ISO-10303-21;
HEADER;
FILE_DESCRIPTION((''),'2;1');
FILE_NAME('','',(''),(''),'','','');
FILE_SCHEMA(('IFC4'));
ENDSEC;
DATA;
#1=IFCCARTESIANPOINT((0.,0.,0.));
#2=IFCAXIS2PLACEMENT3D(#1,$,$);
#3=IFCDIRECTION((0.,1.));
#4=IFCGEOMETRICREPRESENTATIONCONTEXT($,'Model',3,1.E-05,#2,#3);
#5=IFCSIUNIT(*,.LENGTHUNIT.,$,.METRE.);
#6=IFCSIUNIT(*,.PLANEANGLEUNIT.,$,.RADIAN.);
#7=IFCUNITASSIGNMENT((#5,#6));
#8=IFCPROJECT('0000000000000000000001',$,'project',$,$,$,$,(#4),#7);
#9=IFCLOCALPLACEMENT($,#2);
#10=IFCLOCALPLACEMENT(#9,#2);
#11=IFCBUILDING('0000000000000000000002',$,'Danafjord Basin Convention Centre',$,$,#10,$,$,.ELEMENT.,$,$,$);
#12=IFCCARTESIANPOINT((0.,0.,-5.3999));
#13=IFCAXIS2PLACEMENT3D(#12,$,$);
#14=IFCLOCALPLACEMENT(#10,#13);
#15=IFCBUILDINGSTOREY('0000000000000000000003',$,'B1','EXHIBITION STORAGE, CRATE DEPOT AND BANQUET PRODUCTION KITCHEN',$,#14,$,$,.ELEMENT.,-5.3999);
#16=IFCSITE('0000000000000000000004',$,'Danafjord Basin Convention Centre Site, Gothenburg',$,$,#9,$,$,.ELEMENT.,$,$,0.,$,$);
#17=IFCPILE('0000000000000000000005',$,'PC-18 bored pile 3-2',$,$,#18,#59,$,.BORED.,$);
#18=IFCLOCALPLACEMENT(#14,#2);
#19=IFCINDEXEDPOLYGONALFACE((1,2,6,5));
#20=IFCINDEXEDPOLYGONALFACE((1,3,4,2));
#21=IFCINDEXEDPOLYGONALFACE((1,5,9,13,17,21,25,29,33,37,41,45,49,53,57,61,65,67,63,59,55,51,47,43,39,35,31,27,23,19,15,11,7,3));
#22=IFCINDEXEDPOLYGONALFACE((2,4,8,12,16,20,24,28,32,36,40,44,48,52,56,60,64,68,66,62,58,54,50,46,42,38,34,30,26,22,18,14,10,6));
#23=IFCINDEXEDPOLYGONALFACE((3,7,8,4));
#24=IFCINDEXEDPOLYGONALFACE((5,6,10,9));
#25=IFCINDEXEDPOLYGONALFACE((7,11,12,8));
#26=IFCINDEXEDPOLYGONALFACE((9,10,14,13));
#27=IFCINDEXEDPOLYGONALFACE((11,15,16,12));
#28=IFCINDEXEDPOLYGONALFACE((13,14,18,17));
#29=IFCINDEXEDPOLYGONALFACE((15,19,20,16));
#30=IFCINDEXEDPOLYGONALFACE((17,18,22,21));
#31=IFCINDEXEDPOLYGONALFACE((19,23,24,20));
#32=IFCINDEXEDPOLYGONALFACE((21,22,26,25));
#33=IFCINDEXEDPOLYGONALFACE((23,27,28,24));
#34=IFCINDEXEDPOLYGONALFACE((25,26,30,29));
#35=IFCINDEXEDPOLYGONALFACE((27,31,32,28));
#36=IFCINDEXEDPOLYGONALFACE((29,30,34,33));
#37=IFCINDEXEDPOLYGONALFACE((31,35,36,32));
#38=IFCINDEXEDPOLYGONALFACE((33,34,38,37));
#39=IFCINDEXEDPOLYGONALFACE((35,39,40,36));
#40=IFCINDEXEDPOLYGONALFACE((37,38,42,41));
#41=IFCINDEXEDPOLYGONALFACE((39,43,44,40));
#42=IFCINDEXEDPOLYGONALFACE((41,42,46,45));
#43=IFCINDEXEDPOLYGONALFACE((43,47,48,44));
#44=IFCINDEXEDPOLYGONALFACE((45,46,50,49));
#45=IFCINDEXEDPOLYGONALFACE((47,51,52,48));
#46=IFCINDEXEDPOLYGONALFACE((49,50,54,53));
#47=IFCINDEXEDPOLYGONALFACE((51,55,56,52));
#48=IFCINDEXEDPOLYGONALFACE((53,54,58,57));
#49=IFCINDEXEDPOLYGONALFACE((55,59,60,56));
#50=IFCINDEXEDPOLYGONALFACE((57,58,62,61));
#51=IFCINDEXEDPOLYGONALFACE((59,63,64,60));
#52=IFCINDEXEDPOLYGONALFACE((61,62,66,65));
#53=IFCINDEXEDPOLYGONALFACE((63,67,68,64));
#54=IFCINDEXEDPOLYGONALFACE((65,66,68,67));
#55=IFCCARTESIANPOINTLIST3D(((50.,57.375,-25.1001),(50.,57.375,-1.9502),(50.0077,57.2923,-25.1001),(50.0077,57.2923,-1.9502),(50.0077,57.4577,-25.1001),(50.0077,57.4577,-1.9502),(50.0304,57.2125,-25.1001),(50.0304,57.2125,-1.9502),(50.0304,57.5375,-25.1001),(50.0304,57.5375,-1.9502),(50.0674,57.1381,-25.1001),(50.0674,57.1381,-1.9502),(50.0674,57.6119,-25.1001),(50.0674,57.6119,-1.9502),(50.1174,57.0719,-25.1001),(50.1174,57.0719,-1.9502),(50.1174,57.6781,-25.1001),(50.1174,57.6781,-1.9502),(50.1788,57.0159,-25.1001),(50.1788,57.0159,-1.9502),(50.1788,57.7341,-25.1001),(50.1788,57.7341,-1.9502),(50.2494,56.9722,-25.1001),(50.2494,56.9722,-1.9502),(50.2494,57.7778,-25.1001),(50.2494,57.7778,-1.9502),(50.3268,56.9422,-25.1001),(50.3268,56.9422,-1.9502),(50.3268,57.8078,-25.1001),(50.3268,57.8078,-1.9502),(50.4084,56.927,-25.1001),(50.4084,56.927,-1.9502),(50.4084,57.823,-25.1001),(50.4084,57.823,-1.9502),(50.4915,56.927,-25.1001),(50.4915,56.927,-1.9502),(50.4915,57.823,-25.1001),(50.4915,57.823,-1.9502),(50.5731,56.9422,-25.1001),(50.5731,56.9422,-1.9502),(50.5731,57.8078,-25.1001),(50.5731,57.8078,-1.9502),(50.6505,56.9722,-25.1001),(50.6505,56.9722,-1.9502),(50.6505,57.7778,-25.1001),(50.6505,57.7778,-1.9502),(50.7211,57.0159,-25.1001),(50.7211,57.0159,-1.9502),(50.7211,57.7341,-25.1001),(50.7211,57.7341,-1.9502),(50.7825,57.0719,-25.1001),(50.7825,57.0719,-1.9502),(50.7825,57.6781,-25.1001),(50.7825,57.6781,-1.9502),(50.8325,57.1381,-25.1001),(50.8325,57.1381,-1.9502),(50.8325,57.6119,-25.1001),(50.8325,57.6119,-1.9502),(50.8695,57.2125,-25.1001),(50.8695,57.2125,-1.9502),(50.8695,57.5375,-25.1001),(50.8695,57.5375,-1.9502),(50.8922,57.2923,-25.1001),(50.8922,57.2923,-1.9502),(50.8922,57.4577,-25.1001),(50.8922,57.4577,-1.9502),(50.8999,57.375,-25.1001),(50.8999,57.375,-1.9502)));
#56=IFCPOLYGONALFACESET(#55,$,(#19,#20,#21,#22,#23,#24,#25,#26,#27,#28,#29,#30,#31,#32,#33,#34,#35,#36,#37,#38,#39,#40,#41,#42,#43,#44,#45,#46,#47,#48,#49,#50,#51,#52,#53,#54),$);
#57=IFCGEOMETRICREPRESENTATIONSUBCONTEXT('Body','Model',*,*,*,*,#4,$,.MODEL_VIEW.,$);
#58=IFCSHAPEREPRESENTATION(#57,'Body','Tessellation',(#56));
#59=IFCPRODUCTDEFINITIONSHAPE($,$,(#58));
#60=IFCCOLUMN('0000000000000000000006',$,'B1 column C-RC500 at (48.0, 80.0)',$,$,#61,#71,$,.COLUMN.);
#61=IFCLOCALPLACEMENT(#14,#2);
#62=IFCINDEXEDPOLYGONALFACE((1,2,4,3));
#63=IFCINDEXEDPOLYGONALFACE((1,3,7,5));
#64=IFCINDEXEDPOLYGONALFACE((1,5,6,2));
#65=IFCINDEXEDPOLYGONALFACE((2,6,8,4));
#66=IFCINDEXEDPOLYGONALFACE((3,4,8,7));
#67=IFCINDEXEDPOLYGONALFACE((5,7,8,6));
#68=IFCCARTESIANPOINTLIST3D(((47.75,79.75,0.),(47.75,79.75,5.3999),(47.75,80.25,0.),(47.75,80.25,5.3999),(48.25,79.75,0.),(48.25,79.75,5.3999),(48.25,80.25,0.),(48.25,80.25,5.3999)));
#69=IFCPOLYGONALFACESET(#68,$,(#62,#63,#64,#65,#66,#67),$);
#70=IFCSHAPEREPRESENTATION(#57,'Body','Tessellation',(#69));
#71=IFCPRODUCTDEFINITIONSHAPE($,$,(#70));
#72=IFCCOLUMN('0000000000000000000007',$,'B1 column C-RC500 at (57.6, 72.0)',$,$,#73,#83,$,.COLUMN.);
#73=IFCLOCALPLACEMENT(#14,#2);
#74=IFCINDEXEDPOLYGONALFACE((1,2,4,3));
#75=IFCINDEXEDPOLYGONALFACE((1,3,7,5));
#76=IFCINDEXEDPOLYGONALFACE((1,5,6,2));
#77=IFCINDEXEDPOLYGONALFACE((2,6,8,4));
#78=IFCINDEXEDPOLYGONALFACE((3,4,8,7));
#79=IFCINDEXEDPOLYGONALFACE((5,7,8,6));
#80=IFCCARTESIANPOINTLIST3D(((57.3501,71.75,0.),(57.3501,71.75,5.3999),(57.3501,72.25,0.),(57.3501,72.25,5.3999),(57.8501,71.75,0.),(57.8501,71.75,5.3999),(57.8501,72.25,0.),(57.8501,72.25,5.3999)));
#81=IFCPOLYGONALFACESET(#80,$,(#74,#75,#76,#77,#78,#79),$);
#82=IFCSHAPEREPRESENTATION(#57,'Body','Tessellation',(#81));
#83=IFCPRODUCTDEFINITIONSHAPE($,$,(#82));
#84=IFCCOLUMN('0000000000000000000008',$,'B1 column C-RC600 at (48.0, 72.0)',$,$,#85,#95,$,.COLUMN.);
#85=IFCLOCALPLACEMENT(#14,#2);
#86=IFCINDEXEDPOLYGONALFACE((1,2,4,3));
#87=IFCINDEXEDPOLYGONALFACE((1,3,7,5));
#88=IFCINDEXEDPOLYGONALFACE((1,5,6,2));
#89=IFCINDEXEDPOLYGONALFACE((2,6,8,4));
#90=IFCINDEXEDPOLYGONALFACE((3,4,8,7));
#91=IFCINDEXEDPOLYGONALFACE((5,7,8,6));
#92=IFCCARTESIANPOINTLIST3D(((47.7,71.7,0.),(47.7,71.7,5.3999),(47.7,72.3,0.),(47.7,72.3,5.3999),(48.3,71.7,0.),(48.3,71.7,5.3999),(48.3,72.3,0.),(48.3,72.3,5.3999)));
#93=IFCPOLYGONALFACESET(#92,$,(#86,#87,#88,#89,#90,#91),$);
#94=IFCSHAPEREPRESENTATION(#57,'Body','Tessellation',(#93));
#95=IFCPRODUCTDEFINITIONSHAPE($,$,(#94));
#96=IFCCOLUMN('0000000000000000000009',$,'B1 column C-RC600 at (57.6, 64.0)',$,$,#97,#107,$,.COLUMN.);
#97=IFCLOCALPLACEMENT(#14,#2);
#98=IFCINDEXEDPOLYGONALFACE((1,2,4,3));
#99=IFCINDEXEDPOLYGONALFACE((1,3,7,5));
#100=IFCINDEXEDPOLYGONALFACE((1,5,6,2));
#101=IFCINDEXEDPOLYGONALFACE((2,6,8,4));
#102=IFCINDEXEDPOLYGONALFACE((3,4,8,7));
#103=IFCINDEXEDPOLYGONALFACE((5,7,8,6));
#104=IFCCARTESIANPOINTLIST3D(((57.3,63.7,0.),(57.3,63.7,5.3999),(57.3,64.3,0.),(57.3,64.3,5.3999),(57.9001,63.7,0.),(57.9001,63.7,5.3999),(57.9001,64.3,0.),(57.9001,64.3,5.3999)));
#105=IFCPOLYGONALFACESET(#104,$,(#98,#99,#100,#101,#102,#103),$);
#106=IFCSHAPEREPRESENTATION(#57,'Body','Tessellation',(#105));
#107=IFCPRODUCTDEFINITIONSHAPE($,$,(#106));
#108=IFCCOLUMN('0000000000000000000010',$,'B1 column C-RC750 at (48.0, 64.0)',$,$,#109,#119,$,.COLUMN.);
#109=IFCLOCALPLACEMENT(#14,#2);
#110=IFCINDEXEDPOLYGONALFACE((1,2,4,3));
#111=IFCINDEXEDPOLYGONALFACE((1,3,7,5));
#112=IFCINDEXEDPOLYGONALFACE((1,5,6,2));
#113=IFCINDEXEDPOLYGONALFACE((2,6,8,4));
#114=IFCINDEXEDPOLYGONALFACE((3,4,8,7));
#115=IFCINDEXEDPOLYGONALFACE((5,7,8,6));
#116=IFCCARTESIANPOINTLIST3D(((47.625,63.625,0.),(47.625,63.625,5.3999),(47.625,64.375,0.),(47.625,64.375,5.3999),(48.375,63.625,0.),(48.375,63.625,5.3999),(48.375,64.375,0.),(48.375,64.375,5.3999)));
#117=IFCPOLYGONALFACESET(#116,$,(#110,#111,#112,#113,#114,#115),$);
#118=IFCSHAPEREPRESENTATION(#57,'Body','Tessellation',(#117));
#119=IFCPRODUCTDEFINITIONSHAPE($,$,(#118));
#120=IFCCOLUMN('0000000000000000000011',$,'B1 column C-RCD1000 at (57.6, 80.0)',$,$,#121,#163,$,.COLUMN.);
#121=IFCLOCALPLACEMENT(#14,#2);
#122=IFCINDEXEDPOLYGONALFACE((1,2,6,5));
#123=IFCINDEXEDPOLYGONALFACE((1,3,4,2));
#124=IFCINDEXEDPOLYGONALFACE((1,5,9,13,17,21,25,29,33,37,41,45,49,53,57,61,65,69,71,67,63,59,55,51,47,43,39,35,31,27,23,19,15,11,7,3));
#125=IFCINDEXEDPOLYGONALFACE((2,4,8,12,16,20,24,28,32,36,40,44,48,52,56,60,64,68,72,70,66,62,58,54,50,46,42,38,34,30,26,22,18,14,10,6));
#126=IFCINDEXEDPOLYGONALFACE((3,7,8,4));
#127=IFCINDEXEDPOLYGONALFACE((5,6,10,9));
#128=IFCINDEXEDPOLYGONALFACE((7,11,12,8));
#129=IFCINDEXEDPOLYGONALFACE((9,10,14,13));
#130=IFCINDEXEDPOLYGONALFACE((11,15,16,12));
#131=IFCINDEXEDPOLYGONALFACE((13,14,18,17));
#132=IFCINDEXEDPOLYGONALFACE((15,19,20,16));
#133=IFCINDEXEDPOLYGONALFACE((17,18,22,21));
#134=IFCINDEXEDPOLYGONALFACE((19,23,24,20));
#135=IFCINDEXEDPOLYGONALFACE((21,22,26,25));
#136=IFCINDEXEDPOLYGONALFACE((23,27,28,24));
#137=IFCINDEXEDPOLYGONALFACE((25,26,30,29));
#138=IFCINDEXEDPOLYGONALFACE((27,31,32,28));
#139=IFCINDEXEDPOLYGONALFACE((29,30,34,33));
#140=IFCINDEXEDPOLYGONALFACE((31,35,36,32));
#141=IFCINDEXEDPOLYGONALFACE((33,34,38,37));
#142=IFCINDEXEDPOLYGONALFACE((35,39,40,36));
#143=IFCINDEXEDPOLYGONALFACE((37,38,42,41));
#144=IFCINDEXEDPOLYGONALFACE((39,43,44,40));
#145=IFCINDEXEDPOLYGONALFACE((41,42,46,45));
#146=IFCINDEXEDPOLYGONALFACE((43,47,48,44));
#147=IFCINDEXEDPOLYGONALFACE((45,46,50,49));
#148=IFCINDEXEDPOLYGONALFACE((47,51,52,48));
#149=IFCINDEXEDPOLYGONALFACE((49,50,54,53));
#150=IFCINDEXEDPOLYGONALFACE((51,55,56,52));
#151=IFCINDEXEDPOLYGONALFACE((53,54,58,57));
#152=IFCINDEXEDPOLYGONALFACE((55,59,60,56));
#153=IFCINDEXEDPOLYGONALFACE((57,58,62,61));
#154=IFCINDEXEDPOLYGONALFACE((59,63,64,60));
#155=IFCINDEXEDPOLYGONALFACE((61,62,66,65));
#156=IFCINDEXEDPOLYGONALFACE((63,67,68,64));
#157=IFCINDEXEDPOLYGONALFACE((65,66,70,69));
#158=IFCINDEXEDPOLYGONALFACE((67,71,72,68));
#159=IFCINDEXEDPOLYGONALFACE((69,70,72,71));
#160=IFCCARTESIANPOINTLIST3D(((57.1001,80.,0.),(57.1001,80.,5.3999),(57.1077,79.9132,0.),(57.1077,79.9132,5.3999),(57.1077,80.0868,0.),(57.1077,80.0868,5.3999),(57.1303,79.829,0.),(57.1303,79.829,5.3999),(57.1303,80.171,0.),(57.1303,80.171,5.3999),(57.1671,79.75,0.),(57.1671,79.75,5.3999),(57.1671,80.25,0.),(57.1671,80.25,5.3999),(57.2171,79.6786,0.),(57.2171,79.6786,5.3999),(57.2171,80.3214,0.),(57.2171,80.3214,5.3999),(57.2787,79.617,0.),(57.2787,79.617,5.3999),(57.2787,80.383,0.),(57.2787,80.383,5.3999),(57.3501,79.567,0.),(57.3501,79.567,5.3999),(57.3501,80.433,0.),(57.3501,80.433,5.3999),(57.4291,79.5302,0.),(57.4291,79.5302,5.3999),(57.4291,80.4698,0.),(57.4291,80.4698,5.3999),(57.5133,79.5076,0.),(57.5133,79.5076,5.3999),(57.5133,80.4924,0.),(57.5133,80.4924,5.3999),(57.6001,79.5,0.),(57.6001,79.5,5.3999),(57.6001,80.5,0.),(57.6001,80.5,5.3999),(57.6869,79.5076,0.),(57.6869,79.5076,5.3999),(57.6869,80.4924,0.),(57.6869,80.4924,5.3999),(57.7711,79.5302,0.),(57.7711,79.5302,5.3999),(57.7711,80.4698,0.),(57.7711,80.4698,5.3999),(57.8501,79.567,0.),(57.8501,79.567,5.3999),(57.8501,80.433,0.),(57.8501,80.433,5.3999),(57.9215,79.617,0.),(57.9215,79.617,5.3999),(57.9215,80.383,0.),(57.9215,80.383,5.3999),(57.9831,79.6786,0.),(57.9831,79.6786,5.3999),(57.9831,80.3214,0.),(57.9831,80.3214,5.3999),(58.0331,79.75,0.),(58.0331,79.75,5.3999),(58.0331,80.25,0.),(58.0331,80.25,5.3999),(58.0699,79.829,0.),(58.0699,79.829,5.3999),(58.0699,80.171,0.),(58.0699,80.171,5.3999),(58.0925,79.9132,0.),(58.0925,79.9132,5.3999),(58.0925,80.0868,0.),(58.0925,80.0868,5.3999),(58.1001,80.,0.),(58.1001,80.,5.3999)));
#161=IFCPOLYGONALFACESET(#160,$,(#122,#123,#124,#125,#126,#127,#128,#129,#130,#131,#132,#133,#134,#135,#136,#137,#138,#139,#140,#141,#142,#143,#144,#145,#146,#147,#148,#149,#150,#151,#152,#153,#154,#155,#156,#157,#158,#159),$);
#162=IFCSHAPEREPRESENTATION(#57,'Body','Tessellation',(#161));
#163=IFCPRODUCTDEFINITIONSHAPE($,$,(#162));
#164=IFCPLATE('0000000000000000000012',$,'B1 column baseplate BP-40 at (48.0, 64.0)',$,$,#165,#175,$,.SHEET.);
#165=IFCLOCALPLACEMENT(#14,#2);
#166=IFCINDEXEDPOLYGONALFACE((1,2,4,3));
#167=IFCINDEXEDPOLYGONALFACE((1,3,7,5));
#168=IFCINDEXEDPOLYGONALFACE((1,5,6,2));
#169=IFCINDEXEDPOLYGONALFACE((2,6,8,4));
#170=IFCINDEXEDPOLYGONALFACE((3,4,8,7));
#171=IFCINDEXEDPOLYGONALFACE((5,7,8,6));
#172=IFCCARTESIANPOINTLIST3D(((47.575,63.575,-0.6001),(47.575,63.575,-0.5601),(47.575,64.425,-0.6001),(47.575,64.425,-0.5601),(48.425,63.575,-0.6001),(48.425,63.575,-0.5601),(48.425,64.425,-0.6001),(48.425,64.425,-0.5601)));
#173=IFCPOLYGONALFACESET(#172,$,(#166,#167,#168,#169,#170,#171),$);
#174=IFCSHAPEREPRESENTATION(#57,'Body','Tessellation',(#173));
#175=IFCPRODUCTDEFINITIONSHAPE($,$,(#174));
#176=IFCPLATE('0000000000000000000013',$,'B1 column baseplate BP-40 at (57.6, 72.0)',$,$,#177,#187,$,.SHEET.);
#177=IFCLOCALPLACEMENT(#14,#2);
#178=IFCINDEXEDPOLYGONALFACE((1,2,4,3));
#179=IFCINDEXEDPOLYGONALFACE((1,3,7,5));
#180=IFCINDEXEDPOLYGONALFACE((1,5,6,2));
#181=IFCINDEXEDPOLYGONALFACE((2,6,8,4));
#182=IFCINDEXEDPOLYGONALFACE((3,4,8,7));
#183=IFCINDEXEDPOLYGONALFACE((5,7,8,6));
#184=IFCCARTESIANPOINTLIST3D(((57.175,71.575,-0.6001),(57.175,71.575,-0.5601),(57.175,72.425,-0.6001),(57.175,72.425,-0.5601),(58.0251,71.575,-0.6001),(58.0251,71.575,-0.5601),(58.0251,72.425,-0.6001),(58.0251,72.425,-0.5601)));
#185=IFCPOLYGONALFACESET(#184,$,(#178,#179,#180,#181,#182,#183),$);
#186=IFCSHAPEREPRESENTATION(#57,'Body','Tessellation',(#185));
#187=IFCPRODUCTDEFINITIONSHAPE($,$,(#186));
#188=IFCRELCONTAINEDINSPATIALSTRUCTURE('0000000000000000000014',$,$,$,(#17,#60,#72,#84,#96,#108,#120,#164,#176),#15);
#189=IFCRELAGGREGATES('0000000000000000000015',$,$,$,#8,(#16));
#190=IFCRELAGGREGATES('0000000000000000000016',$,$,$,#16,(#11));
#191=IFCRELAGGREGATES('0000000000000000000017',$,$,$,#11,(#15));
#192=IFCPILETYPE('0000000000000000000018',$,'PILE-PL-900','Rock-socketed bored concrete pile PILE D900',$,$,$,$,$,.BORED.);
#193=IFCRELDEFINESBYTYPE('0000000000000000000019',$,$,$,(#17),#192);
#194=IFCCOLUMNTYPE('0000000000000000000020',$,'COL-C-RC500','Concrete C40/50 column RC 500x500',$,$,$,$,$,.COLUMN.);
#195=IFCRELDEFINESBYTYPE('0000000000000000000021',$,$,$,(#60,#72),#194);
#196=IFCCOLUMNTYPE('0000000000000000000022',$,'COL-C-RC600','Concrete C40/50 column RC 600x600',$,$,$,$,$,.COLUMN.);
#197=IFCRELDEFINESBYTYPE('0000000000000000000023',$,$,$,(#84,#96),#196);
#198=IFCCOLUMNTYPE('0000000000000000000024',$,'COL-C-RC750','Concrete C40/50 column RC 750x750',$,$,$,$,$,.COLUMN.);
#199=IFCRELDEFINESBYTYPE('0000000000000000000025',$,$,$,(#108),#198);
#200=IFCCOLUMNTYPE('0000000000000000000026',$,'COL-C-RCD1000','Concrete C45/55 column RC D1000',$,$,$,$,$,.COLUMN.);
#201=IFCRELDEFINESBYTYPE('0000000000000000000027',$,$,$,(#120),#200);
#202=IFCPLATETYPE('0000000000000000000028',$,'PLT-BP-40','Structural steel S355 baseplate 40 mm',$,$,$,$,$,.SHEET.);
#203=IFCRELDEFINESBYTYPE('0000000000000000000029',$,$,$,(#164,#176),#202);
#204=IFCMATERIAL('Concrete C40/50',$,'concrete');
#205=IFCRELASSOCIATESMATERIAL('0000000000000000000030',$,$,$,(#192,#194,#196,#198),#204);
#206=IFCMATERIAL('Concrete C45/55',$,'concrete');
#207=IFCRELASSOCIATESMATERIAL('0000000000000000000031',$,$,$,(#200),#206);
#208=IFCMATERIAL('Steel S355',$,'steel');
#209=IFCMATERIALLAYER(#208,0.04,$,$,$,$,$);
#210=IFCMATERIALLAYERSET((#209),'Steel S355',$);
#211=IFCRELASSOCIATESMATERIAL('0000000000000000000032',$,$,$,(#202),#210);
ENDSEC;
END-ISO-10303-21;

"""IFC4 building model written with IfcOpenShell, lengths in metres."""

from ifc_helpers import new_model, si_unit, direction, frame, origin, origin_2d, place, context, subcontext, project, spatial, rectangle, circle, extrude, material, layer, layer_set, material_profile, profile_set, type_object, element, save


model = new_model("IFC4")

# Units and contexts
model_context = context("Model", 3, precision=1e-05, world=origin(), true_north=direction((0.0, 1.0)))
body_context = subcontext(model_context, "Body", "Model", "MODEL_VIEW")
ifc_project = project(units=[si_unit("LENGTHUNIT", "METRE"), si_unit("PLANEANGLEUNIT", "RADIAN")], contexts=[model_context])

# Site, building, storey
site_placement = place(None, origin())
site = spatial("IfcSite", under=ifc_project, at=site_placement, Name="Danafjord Basin Convention Centre Site, Gothenburg", CompositionType="ELEMENT", RefElevation=0.0)
building_placement = place(site_placement, origin())
building = spatial("IfcBuilding", under=site, at=building_placement, Name="Danafjord Basin Convention Centre", CompositionType="ELEMENT")
storey_placement = place(building_placement, frame((0.0, 0.0, -5.3999)))
storey = spatial("IfcBuildingStorey", under=building, at=storey_placement, Name="B1", Description="EXHIBITION STORAGE, CRATE DEPOT AND BANQUET PRODUCTION KITCHEN", CompositionType="ELEMENT", Elevation=-5.3999)

# Shared definitions
ifc_material_1 = material(Name="Concrete C40/50", Category="concrete")

# Pile
ifc_material_profile_1 = material_profile(ifc_material_1, circle(Radius=0.45, at=origin_2d()), Name="PILE D900")
ifc_profile_set_1 = profile_set([ifc_material_profile_1], Name="Concrete C40/50")
pile_type_1 = type_object("IfcPileType", Name="PILE-PL-900", Description="Rock-socketed bored concrete pile PILE D900", PredefinedType="BORED", material=ifc_profile_set_1)
for number, where, z_axis, x_axis, name in (
    (1, (50.45, 57.375, -1.9502), (0.0, 0.0, -1.0), (1.0, 0.0, 0.0), "PC-18 bored pile 3-2"),
):
    element("IfcPile", number, at=place(storey_placement, frame(where, z_axis=z_axis, x_axis=x_axis)), inside=storey, type_object=pile_type_1, Name=name, PredefinedType="BORED", context=body_context, shape_type="SweptSolid", body=[
        extrude(circle(Radius=0.45, at=origin_2d()), origin(), (0.0, 0.0, 1.0), 23.1499),
    ])

# Columns
ifc_material_profile_2 = material_profile(ifc_material_1, rectangle(XDim=0.5, YDim=0.5, at=origin_2d()), Name="RC 500x500")
ifc_profile_set_2 = profile_set([ifc_material_profile_2], Name="Concrete C40/50")
column_type_1 = type_object("IfcColumnType", Name="COL-C-RC500", Description="Concrete C40/50 column RC 500x500", PredefinedType="COLUMN", material=ifc_profile_set_2)
for number, where, z_axis, x_axis, name in (
    (2, (48.0, 80.0, 0.0), (0.0, 0.0, 1.0), (1.0, 0.0, 0.0), "B1 column C-RC500 at (48.0, 80.0)"),
    (3, (57.6001, 72.0, 0.0), (0.0, 0.0, 1.0), (1.0, 0.0, 0.0), "B1 column C-RC500 at (57.6, 72.0)"),
):
    element("IfcColumn", number, at=place(storey_placement, frame(where, z_axis=z_axis, x_axis=x_axis)), inside=storey, type_object=column_type_1, Name=name, PredefinedType="COLUMN", context=body_context, shape_type="SweptSolid", body=[
        extrude(rectangle(XDim=0.5, YDim=0.5, at=origin_2d()), origin(), (0.0, 0.0, 1.0), 5.3999),
    ])
ifc_material_profile_3 = material_profile(ifc_material_1, rectangle(XDim=0.6001, YDim=0.6001, at=origin_2d()), Name="RC 600x600")
ifc_profile_set_3 = profile_set([ifc_material_profile_3], Name="Concrete C40/50")
column_type_2 = type_object("IfcColumnType", Name="COL-C-RC600", Description="Concrete C40/50 column RC 600x600", PredefinedType="COLUMN", material=ifc_profile_set_3)
for number, where, z_axis, x_axis, name in (
    (4, (48.0, 72.0, 0.0), (0.0, 0.0, 1.0), (1.0, 0.0, 0.0), "B1 column C-RC600 at (48.0, 72.0)"),
    (5, (57.6001, 64.0, 0.0), (0.0, 0.0, 1.0), (1.0, 0.0, 0.0), "B1 column C-RC600 at (57.6, 64.0)"),
):
    element("IfcColumn", number, at=place(storey_placement, frame(where, z_axis=z_axis, x_axis=x_axis)), inside=storey, type_object=column_type_2, Name=name, PredefinedType="COLUMN", context=body_context, shape_type="SweptSolid", body=[
        extrude(rectangle(XDim=0.6001, YDim=0.6001, at=origin_2d()), origin(), (0.0, 0.0, 1.0), 5.3999),
    ])
ifc_material_profile_4 = material_profile(ifc_material_1, rectangle(XDim=0.75, YDim=0.75, at=origin_2d()), Name="RC 750x750")
ifc_profile_set_4 = profile_set([ifc_material_profile_4], Name="Concrete C40/50")
column_type_3 = type_object("IfcColumnType", Name="COL-C-RC750", Description="Concrete C40/50 column RC 750x750", PredefinedType="COLUMN", material=ifc_profile_set_4)
column_1_placement = place(storey_placement, frame((48.0, 64.0, 0.0), z_axis=(0.0, 0.0, 1.0), x_axis=(1.0, 0.0, 0.0)))
element("IfcColumn", 6, at=column_1_placement, inside=storey, type_object=column_type_3, Name="B1 column C-RC750 at (48.0, 64.0)", PredefinedType="COLUMN", context=body_context, shape_type="SweptSolid", body=[
    extrude(rectangle(XDim=0.75, YDim=0.75, at=origin_2d()), origin(), (0.0, 0.0, 1.0), 5.3999),
])
ifc_material_2 = material(Name="Concrete C45/55", Category="concrete")
ifc_material_profile_5 = material_profile(ifc_material_2, circle(Radius=0.5, at=origin_2d()), Name="RC D1000")
ifc_profile_set_5 = profile_set([ifc_material_profile_5], Name="Concrete C45/55")
column_type_4 = type_object("IfcColumnType", Name="COL-C-RCD1000", Description="Concrete C45/55 column RC D1000", PredefinedType="COLUMN", material=ifc_profile_set_5)
column_2_placement = place(storey_placement, frame((57.6001, 80.0, 0.0), z_axis=(0.0, 0.0, 1.0), x_axis=(1.0, 0.0, 0.0)))
element("IfcColumn", 7, at=column_2_placement, inside=storey, type_object=column_type_4, Name="B1 column C-RCD1000 at (57.6, 80.0)", PredefinedType="COLUMN", context=body_context, shape_type="SweptSolid", body=[
    extrude(circle(Radius=0.5, at=origin_2d()), origin(), (0.0, 0.0, 1.0), 5.3999),
])

# Plates
ifc_material_3 = material(Name="Steel S355", Category="steel")
ifc_layer = layer(ifc_material_3, 0.04)
ifc_layer_set = layer_set([ifc_layer], Name="Steel S355")
plate_type = type_object("IfcPlateType", Name="PLT-BP-40", Description="Structural steel S355 baseplate 40 mm", PredefinedType="SHEET", material=ifc_layer_set)
for number, where, z_axis, x_axis, name in (
    (8, (48.0, 64.0, -0.6001), (0.0, 0.0, 1.0), (1.0, 0.0, 0.0), "B1 column baseplate BP-40 at (48.0, 64.0)"),
    (9, (57.6001, 72.0, -0.6001), (0.0, 0.0, 1.0), (1.0, 0.0, 0.0), "B1 column baseplate BP-40 at (57.6, 72.0)"),
):
    element("IfcPlate", number, at=place(storey_placement, frame(where, z_axis=z_axis, x_axis=x_axis)), inside=storey, type_object=plate_type, Name=name, PredefinedType="SHEET", context=body_context, shape_type="SweptSolid", body=[
        extrude(rectangle(XDim=0.8501, YDim=0.8501, at=origin_2d()), origin(), (0.0, 0.0, 1.0), 0.04),
    ])

save(model, "model.ifc")
